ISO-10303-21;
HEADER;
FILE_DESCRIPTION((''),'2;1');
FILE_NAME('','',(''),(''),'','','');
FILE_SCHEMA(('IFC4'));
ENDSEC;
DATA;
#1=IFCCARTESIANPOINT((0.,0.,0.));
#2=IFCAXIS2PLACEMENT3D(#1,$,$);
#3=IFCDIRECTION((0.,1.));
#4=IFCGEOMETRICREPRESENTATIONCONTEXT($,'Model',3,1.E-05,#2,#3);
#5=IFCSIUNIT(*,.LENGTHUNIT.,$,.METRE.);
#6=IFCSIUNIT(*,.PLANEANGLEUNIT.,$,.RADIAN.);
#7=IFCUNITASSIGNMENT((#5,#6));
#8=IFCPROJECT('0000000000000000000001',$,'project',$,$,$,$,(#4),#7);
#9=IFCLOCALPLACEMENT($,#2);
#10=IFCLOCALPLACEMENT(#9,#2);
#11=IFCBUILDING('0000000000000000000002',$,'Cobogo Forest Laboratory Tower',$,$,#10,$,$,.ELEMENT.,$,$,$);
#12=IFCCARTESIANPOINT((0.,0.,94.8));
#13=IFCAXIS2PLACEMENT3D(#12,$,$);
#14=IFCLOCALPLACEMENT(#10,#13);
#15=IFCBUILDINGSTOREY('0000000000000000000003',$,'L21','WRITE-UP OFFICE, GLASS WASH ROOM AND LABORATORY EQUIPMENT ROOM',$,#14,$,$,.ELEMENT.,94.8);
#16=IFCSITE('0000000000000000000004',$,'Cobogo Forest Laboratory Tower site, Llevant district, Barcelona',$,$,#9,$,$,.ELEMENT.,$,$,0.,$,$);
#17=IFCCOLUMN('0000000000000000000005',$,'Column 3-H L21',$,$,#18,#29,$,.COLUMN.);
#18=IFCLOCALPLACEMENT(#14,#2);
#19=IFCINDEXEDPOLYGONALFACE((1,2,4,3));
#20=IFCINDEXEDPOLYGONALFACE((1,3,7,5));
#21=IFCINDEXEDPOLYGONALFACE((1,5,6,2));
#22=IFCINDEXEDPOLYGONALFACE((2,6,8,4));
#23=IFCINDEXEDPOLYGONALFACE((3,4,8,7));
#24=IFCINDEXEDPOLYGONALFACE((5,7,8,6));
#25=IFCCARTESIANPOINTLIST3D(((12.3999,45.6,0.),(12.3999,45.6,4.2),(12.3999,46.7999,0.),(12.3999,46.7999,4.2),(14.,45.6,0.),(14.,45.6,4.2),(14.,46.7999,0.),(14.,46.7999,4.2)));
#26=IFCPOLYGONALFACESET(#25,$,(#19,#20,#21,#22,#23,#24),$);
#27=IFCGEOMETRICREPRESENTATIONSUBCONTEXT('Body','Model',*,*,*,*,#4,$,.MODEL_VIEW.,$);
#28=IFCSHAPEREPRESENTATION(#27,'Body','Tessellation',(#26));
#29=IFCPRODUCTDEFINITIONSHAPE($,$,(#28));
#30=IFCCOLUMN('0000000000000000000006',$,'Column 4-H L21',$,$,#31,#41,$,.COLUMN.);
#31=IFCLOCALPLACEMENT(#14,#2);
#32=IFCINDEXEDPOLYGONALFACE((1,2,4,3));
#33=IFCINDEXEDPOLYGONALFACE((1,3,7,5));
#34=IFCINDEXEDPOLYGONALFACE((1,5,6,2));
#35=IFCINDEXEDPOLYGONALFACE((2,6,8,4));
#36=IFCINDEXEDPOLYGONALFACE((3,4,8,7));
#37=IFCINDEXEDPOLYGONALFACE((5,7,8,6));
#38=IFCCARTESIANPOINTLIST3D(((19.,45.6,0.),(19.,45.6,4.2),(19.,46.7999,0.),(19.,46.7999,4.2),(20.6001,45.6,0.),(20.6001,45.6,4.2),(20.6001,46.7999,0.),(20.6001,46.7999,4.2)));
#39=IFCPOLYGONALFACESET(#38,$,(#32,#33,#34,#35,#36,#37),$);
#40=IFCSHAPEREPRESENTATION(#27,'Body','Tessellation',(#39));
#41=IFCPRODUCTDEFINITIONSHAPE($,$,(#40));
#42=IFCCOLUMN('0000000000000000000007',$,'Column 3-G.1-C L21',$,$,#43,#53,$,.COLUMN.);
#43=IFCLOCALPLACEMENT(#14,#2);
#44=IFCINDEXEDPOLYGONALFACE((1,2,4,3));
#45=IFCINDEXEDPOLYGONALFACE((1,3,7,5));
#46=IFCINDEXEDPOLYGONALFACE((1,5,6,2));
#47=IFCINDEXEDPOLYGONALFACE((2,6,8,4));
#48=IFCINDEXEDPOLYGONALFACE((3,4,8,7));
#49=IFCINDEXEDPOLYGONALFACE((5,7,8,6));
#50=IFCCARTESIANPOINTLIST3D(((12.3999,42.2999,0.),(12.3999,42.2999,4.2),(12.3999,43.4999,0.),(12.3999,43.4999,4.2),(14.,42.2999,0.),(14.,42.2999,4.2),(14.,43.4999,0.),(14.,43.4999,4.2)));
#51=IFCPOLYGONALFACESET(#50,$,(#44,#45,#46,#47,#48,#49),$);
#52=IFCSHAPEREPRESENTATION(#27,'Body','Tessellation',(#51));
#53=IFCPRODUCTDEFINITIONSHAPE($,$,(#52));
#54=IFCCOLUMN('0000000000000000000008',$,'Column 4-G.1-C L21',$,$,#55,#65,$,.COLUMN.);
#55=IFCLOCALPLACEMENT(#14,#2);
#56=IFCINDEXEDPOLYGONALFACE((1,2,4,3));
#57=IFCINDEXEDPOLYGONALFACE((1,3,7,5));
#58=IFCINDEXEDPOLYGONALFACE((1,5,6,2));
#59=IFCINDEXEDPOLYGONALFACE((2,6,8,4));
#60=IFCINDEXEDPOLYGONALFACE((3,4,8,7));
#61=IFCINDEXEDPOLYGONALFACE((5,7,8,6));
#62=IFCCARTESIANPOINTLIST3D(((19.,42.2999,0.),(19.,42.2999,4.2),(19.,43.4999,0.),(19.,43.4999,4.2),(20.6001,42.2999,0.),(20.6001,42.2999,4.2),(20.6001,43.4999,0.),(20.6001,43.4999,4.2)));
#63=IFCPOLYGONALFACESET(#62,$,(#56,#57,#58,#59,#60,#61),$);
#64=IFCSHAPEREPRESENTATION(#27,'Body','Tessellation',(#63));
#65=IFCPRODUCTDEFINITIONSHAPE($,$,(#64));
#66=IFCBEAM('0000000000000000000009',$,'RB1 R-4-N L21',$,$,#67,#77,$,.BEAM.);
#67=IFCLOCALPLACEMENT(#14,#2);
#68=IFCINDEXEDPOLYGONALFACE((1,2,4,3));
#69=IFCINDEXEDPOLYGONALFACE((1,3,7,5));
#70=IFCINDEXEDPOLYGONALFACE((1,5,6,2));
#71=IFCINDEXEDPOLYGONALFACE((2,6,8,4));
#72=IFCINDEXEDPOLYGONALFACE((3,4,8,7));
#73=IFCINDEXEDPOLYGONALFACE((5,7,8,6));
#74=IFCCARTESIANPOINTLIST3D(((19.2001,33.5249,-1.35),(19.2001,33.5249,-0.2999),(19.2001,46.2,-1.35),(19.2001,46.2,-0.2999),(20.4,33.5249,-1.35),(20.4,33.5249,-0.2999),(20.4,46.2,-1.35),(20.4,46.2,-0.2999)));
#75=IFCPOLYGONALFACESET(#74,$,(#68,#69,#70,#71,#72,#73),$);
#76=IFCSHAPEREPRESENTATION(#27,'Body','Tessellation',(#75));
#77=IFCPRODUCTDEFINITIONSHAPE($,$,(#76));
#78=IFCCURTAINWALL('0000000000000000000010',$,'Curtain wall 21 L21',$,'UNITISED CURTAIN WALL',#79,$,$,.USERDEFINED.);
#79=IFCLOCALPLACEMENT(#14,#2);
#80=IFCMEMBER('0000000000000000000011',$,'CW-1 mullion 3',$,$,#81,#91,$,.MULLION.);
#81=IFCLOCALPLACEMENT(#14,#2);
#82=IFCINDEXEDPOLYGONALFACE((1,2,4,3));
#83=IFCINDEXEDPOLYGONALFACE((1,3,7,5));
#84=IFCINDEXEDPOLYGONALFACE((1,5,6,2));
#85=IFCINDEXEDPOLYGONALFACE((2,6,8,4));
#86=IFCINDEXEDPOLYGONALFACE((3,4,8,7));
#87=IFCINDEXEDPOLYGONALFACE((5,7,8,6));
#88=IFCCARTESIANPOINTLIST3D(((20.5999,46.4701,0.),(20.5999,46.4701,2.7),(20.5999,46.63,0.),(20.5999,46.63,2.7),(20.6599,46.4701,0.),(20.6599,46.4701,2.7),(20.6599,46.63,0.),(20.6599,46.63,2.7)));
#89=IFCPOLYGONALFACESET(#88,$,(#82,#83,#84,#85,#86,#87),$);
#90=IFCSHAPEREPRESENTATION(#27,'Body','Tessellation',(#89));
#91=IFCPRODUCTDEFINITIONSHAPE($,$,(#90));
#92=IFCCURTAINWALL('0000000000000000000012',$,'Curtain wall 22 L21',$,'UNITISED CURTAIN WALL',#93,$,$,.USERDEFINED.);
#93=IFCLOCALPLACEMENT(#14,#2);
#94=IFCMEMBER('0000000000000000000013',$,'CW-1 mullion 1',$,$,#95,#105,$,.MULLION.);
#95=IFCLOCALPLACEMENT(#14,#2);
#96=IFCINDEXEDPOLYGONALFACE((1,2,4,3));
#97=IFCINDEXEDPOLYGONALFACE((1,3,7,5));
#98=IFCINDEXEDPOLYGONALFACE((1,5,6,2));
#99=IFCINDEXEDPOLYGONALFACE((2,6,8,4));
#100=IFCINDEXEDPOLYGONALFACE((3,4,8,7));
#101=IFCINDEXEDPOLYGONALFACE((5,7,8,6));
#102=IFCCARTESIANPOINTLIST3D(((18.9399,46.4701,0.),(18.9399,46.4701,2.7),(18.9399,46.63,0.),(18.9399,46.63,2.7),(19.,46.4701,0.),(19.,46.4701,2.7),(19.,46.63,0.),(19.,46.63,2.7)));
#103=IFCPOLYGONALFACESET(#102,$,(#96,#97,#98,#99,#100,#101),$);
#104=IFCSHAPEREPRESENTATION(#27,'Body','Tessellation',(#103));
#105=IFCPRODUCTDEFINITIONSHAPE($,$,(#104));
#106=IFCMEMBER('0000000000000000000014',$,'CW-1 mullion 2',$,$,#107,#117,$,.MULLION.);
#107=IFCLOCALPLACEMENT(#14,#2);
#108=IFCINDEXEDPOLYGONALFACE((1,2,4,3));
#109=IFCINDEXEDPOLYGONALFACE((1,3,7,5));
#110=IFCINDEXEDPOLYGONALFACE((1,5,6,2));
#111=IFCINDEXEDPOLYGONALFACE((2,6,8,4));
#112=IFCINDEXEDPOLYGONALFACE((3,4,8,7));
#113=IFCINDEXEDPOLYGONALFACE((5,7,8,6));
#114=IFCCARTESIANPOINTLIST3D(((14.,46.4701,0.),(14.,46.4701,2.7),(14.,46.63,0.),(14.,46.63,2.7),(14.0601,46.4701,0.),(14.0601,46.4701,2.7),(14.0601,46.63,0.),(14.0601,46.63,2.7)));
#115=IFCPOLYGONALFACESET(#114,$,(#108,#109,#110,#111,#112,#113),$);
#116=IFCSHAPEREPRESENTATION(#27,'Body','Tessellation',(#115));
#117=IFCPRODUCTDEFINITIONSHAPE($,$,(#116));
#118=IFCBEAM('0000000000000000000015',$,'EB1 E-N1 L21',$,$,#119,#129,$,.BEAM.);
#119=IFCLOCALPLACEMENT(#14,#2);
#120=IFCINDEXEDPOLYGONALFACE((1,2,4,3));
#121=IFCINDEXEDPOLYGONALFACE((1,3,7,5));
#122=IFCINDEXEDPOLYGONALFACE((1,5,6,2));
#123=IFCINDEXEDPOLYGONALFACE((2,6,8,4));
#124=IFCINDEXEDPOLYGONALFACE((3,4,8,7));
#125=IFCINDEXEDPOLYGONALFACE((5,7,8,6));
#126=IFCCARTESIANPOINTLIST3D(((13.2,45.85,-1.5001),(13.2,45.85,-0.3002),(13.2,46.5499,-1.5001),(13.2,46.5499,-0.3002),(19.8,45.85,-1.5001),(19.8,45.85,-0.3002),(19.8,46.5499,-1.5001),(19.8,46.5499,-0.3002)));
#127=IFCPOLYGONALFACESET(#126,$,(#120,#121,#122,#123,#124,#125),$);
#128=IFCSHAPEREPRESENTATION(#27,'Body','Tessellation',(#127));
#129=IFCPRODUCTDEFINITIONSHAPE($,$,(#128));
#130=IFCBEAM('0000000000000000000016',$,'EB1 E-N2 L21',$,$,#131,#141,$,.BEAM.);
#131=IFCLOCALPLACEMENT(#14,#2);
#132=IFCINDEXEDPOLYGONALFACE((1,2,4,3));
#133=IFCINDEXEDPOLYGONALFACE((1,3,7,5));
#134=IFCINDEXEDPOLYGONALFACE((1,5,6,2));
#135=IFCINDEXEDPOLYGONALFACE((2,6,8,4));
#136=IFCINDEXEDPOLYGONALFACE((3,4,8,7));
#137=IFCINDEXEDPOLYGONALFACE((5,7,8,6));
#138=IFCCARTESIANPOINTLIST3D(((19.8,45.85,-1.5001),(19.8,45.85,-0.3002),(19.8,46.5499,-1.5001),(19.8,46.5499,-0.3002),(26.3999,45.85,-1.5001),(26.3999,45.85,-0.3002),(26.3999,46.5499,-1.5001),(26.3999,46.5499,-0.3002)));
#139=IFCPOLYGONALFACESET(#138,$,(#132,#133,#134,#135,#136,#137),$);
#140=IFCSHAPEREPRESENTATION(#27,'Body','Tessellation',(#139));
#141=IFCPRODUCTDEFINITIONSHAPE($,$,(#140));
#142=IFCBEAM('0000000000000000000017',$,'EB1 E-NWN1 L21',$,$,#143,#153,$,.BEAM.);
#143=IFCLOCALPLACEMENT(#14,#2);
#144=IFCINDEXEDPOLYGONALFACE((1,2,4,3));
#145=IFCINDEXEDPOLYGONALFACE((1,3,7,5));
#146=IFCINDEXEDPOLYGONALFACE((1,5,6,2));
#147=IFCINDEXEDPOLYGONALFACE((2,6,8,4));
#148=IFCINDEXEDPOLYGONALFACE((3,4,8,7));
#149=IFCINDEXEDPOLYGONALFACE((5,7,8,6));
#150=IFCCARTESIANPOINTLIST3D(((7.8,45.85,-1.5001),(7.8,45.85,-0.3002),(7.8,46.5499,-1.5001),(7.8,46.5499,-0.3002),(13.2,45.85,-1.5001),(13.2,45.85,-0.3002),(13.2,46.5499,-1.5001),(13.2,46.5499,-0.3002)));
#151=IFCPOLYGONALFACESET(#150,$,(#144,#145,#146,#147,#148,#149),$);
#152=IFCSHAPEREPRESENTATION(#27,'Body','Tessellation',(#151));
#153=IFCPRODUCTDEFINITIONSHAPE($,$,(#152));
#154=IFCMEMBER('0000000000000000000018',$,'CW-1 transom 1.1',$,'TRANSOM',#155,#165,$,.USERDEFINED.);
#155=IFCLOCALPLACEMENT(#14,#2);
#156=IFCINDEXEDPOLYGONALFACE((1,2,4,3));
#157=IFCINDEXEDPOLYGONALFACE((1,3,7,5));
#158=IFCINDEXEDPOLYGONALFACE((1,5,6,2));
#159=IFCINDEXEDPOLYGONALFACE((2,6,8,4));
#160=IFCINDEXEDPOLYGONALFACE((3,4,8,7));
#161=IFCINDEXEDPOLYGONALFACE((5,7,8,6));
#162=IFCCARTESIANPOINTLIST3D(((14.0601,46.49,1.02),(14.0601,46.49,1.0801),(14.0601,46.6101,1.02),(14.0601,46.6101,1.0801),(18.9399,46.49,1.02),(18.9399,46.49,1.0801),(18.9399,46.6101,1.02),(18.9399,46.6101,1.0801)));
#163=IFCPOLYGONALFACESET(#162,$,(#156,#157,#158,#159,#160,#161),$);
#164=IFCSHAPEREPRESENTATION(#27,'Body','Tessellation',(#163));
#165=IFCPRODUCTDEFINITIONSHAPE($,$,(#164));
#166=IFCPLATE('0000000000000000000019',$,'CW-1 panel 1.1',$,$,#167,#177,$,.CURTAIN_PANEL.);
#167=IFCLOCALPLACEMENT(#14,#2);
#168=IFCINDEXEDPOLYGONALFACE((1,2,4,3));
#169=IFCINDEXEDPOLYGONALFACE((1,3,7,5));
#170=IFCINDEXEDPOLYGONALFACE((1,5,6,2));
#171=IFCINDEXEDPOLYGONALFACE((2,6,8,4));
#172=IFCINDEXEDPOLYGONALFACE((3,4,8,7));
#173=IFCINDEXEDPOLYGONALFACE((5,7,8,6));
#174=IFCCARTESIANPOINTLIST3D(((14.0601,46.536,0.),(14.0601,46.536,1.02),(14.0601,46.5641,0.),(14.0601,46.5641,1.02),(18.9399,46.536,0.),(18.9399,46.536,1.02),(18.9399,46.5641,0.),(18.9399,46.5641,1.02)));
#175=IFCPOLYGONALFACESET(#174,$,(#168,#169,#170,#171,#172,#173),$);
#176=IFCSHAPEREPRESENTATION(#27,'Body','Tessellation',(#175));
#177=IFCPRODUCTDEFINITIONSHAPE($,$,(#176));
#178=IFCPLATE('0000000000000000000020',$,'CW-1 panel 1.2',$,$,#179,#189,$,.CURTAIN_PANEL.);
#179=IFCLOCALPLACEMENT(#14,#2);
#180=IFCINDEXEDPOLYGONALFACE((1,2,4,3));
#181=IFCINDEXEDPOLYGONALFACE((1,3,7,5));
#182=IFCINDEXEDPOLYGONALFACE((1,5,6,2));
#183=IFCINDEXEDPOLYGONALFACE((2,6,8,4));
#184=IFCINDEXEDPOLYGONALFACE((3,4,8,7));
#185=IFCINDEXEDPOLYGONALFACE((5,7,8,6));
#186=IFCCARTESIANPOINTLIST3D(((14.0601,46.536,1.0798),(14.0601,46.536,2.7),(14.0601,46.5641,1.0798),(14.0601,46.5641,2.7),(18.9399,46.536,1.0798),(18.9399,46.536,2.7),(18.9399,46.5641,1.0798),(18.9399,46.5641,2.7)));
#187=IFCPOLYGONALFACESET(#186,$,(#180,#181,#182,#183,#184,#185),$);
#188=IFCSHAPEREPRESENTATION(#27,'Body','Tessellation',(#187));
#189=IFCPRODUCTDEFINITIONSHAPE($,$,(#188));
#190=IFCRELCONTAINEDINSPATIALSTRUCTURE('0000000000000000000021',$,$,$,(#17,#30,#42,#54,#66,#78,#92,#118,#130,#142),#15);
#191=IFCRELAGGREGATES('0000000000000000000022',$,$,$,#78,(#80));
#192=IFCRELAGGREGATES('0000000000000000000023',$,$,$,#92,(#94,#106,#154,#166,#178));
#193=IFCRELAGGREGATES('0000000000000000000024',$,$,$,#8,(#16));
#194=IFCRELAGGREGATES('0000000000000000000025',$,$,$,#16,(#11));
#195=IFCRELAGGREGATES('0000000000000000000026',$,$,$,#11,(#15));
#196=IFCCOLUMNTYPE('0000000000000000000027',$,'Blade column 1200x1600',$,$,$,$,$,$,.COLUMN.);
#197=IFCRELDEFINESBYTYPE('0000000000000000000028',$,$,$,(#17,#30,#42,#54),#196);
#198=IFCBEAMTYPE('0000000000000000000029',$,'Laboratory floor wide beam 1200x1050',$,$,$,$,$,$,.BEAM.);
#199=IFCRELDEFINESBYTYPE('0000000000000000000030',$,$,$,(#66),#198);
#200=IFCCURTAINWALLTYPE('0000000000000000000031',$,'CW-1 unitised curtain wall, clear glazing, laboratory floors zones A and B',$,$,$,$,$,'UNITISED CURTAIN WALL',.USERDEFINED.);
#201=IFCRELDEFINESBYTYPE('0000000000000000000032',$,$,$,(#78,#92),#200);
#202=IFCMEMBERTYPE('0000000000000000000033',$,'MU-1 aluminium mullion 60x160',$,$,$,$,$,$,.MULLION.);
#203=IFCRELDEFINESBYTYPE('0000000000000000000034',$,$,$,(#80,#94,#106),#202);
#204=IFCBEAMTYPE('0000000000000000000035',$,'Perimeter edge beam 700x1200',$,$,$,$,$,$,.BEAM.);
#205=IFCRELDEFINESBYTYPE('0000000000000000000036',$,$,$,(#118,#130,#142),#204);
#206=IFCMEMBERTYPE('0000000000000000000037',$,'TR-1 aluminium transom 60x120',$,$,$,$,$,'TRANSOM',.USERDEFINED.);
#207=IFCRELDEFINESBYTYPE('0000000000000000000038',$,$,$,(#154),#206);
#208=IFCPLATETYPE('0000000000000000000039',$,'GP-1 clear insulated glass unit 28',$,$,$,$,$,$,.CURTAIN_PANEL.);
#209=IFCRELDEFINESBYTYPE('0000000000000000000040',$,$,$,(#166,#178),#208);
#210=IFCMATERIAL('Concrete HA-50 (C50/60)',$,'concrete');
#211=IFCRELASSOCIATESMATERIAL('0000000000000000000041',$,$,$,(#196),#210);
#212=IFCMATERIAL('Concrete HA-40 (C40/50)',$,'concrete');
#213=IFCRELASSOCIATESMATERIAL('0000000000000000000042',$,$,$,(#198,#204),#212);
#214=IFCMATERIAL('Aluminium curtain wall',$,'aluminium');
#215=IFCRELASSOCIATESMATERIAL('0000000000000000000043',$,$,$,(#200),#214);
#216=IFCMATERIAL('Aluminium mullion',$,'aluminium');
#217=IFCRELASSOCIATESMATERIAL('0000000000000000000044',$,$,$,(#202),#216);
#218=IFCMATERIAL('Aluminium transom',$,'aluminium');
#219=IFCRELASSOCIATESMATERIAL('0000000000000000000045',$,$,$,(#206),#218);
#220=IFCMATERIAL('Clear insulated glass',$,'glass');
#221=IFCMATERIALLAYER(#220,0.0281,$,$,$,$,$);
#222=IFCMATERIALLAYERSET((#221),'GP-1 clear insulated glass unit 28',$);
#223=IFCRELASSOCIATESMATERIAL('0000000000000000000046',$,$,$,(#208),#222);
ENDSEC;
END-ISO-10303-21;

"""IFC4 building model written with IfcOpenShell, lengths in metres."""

from ifc_helpers import new_model, si_unit, direction, frame, origin, origin_2d, place, context, subcontext, project, spatial, rectangle, extrude, material, layer, layer_set, material_profile, profile_set, type_object, element, aggregate, save


model = new_model("IFC4")

# Units and contexts
model_context = context("Model", 3, precision=1e-05, world=origin(), true_north=direction((0.0, 1.0)))
body_context = subcontext(model_context, "Body", "Model", "MODEL_VIEW")
ifc_project = project(units=[si_unit("LENGTHUNIT", "METRE"), si_unit("PLANEANGLEUNIT", "RADIAN")], contexts=[model_context])

# Site, building, storey
site_placement = place(None, origin())
site = spatial("IfcSite", under=ifc_project, at=site_placement, Name="Cobogo Forest Laboratory Tower site, Llevant district, Barcelona", CompositionType="ELEMENT", RefElevation=0.0)
building_placement = place(site_placement, origin())
building = spatial("IfcBuilding", under=site, at=building_placement, Name="Cobogo Forest Laboratory Tower", CompositionType="ELEMENT")
storey_placement = place(building_placement, frame((0.0, 0.0, 94.8)))
storey = spatial("IfcBuildingStorey", under=building, at=storey_placement, Name="L21", Description="WRITE-UP OFFICE, GLASS WASH ROOM AND LABORATORY EQUIPMENT ROOM", CompositionType="ELEMENT", Elevation=94.8)

# Columns
ifc_material_1 = material(Name="Concrete HA-50 (C50/60)", Category="concrete")
ifc_material_profile_1 = material_profile(ifc_material_1, rectangle(XDim=1.6001, YDim=1.2, at=origin_2d()), Name="RC 1200x1600")
ifc_profile_set_1 = profile_set([ifc_material_profile_1], Name="Concrete HA-50 (C50/60)")
column_type = type_object("IfcColumnType", Name="Blade column 1200x1600", PredefinedType="COLUMN", material=ifc_profile_set_1)
for number, where, z_axis, x_axis, name in (
    (1, (13.2, 46.2, 0.0), (0.0, 0.0, 1.0), (1.0, 0.0, 0.0), "Column 3-H L21"),
    (2, (19.8, 46.2, 0.0), (0.0, 0.0, 1.0), (1.0, 0.0, 0.0), "Column 4-H L21"),
    (3, (13.2, 42.8999, 0.0), (0.0, 0.0, 1.0), (1.0, 0.0, 0.0), "Column 3-G.1-C L21"),
    (4, (19.8, 42.8999, 0.0), (0.0, 0.0, 1.0), (1.0, 0.0, 0.0), "Column 4-G.1-C L21"),
):
    element("IfcColumn", number, at=place(storey_placement, frame(where, z_axis=z_axis, x_axis=x_axis)), inside=storey, type_object=column_type, Name=name, PredefinedType="COLUMN", context=body_context, shape_type="SweptSolid", body=[
        extrude(rectangle(XDim=1.6001, YDim=1.2, at=origin_2d()), origin(), (0.0, 0.0, 1.0), 4.2),
    ])

# Beam
ifc_material_2 = material(Name="Concrete HA-40 (C40/50)", Category="concrete")
ifc_material_profile_2 = material_profile(ifc_material_2, rectangle(XDim=1.2, YDim=1.05, at=origin_2d()), Name="RC 1200x1050")
ifc_profile_set_2 = profile_set([ifc_material_profile_2], Name="Concrete HA-40 (C40/50)")
beam_type_1 = type_object("IfcBeamType", Name="Laboratory floor wide beam 1200x1050", PredefinedType="BEAM", material=ifc_profile_set_2)
beam_1_placement = place(storey_placement, frame((19.8, 33.5249, -0.825), z_axis=(0.0, 1.0, 0.0), x_axis=(-1.0, 0.0, 0.0)))
element("IfcBeam", 5, at=beam_1_placement, inside=storey, type_object=beam_type_1, Name="RB1 R-4-N L21", PredefinedType="BEAM", context=body_context, shape_type="SweptSolid", body=[
    extrude(rectangle(XDim=1.2, YDim=1.05, at=origin_2d()), origin(), (0.0, 0.0, 1.0), 12.675),
])

# Curtain wall, member
ifc_material_3 = material(Name="Aluminium curtain wall", Category="aluminium")
curtain_wall_type = type_object("IfcCurtainWallType", Name="CW-1 unitised curtain wall, clear glazing, laboratory floors zones A and B", ElementType="UNITISED CURTAIN WALL", PredefinedType="USERDEFINED", material=ifc_material_3)
curtain_wall_1_placement = place(storey_placement, origin())
curtain_wall_1 = element("IfcCurtainWall", 6, at=curtain_wall_1_placement, inside=storey, type_object=curtain_wall_type, Name="Curtain wall 21 L21", ObjectType="UNITISED CURTAIN WALL", PredefinedType="USERDEFINED")
ifc_material_4 = material(Name="Aluminium mullion", Category="aluminium")
ifc_material_profile_3 = material_profile(ifc_material_4, rectangle(XDim=0.0601, YDim=0.1599, at=origin_2d()), Name="AL 60x160")
ifc_profile_set_3 = profile_set([ifc_material_profile_3], Name="Aluminium mullion")
member_type_1 = type_object("IfcMemberType", Name="MU-1 aluminium mullion 60x160", PredefinedType="MULLION", material=ifc_profile_set_3)
member_1_placement = place(storey_placement, frame((20.6299, 46.55, 0.0), z_axis=(0.0, 0.0, 1.0), x_axis=(-1.0, 0.0, 0.0)))
member_1 = element("IfcMember", 7, at=member_1_placement, type_object=member_type_1, Name="CW-1 mullion 3", PredefinedType="MULLION", context=body_context, shape_type="SweptSolid", body=[
    extrude(rectangle(XDim=0.0601, YDim=0.1599, at=origin_2d()), origin(), (0.0, 0.0, 1.0), 2.7),
])
aggregate(curtain_wall_1, [member_1])

# Curtain wall, members
curtain_wall_2_placement = place(storey_placement, origin())
curtain_wall_2 = element("IfcCurtainWall", 8, at=curtain_wall_2_placement, inside=storey, type_object=curtain_wall_type, Name="Curtain wall 22 L21", ObjectType="UNITISED CURTAIN WALL", PredefinedType="USERDEFINED")
member_2_placement = place(storey_placement, frame((18.97, 46.55, 0.0), z_axis=(0.0, 0.0, 1.0), x_axis=(-1.0, 0.0, 0.0)))
member_2 = element("IfcMember", 9, at=member_2_placement, type_object=member_type_1, Name="CW-1 mullion 1", PredefinedType="MULLION", context=body_context, shape_type="SweptSolid", body=[
    extrude(rectangle(XDim=0.0601, YDim=0.1599, at=origin_2d()), origin(), (0.0, 0.0, 1.0), 2.7),
])
member_3_placement = place(storey_placement, frame((14.03, 46.55, 0.0), z_axis=(0.0, 0.0, 1.0), x_axis=(-1.0, 0.0, 0.0)))
member_3 = element("IfcMember", 10, at=member_3_placement, type_object=member_type_1, Name="CW-1 mullion 2", PredefinedType="MULLION", context=body_context, shape_type="SweptSolid", body=[
    extrude(rectangle(XDim=0.0601, YDim=0.1599, at=origin_2d()), origin(), (0.0, 0.0, 1.0), 2.7),
])

# Beams
ifc_material_profile_4 = material_profile(ifc_material_2, rectangle(XDim=0.7, YDim=1.2, at=origin_2d()), Name="RC 700x1200")
ifc_profile_set_4 = profile_set([ifc_material_profile_4], Name="Concrete HA-40 (C40/50)")
beam_type_2 = type_object("IfcBeamType", Name="Perimeter edge beam 700x1200", PredefinedType="BEAM", material=ifc_profile_set_4)
beam_2_placement = place(storey_placement, frame((13.2, 46.2, -0.9001), z_axis=(1.0, 0.0, 0.0), x_axis=(0.0, 1.0, 0.0)))
element("IfcBeam", 11, at=beam_2_placement, inside=storey, type_object=beam_type_2, Name="EB1 E-N1 L21", PredefinedType="BEAM", context=body_context, shape_type="SweptSolid", body=[
    extrude(rectangle(XDim=0.7, YDim=1.2, at=origin_2d()), origin(), (0.0, 0.0, 1.0), 6.6001),
])
beam_3_placement = place(storey_placement, frame((19.8, 46.2, -0.9001), z_axis=(1.0, 0.0, 0.0), x_axis=(0.0, 1.0, 0.0)))
element("IfcBeam", 12, at=beam_3_placement, inside=storey, type_object=beam_type_2, Name="EB1 E-N2 L21", PredefinedType="BEAM", context=body_context, shape_type="SweptSolid", body=[
    extrude(rectangle(XDim=0.7, YDim=1.2, at=origin_2d()), origin(), (0.0, 0.0, 1.0), 6.5999),
])
beam_4_placement = place(storey_placement, frame((13.2, 46.2, -0.9001), z_axis=(-1.0, 0.0, 0.0), x_axis=(0.0, -1.0, 0.0)))
element("IfcBeam", 13, at=beam_4_placement, inside=storey, type_object=beam_type_2, Name="EB1 E-NWN1 L21", PredefinedType="BEAM", context=body_context, shape_type="SweptSolid", body=[
    extrude(rectangle(XDim=0.7, YDim=1.2, at=origin_2d()), origin(), (0.0, 0.0, 1.0), 5.3999),
])

# Member
ifc_material_5 = material(Name="Aluminium transom", Category="aluminium")
ifc_material_profile_5 = material_profile(ifc_material_5, rectangle(XDim=0.1201, YDim=0.0601, at=origin_2d()), Name="AL 60x120")
ifc_profile_set_5 = profile_set([ifc_material_profile_5], Name="Aluminium transom")
member_type_2 = type_object("IfcMemberType", Name="TR-1 aluminium transom 60x120", ElementType="TRANSOM", PredefinedType="USERDEFINED", material=ifc_profile_set_5)
member_4_placement = place(storey_placement, frame((18.9399, 46.55, 1.05), z_axis=(-1.0, 0.0, 0.0), x_axis=(0.0, -1.0, 0.0)))
member_4 = element("IfcMember", 14, at=member_4_placement, type_object=member_type_2, Name="CW-1 transom 1.1", ObjectType="TRANSOM", PredefinedType="USERDEFINED", context=body_context, shape_type="SweptSolid", body=[
    extrude(rectangle(XDim=0.1201, YDim=0.0601, at=origin_2d()), origin(), (0.0, 0.0, 1.0), 4.8799),
])

# Plates
ifc_material_6 = material(Name="Clear insulated glass", Category="glass")
ifc_layer = layer(ifc_material_6, 0.0281)
ifc_layer_set = layer_set([ifc_layer], Name="GP-1 clear insulated glass unit 28")
plate_type_1 = type_object("IfcPlateType", Name="GP-1 clear insulated glass unit 28", PredefinedType="CURTAIN_PANEL", material=ifc_layer_set)
plate_1_placement = place(storey_placement, frame((16.5, 46.55, 0.0), z_axis=(0.0, 0.0, 1.0), x_axis=(-1.0, 0.0, 0.0)))
plate_1 = element("IfcPlate", 15, at=plate_1_placement, type_object=plate_type_1, Name="CW-1 panel 1.1", PredefinedType="CURTAIN_PANEL", context=body_context, shape_type="SweptSolid", body=[
    extrude(rectangle(XDim=4.8799, YDim=0.0281, at=origin_2d()), origin(), (0.0, 0.0, 1.0), 1.02),
])
plate_2_placement = place(storey_placement, frame((16.5, 46.55, 1.0798), z_axis=(0.0, 0.0, 1.0), x_axis=(-1.0, 0.0, 0.0)))
plate_2 = element("IfcPlate", 16, at=plate_2_placement, type_object=plate_type_1, Name="CW-1 panel 1.2", PredefinedType="CURTAIN_PANEL", context=body_context, shape_type="SweptSolid", body=[
    extrude(rectangle(XDim=4.8799, YDim=0.0281, at=origin_2d()), origin(), (0.0, 0.0, 1.0), 1.6201),
])
aggregate(curtain_wall_2, [member_2, member_3, member_4, plate_1, plate_2])

save(model, "model.ifc")
